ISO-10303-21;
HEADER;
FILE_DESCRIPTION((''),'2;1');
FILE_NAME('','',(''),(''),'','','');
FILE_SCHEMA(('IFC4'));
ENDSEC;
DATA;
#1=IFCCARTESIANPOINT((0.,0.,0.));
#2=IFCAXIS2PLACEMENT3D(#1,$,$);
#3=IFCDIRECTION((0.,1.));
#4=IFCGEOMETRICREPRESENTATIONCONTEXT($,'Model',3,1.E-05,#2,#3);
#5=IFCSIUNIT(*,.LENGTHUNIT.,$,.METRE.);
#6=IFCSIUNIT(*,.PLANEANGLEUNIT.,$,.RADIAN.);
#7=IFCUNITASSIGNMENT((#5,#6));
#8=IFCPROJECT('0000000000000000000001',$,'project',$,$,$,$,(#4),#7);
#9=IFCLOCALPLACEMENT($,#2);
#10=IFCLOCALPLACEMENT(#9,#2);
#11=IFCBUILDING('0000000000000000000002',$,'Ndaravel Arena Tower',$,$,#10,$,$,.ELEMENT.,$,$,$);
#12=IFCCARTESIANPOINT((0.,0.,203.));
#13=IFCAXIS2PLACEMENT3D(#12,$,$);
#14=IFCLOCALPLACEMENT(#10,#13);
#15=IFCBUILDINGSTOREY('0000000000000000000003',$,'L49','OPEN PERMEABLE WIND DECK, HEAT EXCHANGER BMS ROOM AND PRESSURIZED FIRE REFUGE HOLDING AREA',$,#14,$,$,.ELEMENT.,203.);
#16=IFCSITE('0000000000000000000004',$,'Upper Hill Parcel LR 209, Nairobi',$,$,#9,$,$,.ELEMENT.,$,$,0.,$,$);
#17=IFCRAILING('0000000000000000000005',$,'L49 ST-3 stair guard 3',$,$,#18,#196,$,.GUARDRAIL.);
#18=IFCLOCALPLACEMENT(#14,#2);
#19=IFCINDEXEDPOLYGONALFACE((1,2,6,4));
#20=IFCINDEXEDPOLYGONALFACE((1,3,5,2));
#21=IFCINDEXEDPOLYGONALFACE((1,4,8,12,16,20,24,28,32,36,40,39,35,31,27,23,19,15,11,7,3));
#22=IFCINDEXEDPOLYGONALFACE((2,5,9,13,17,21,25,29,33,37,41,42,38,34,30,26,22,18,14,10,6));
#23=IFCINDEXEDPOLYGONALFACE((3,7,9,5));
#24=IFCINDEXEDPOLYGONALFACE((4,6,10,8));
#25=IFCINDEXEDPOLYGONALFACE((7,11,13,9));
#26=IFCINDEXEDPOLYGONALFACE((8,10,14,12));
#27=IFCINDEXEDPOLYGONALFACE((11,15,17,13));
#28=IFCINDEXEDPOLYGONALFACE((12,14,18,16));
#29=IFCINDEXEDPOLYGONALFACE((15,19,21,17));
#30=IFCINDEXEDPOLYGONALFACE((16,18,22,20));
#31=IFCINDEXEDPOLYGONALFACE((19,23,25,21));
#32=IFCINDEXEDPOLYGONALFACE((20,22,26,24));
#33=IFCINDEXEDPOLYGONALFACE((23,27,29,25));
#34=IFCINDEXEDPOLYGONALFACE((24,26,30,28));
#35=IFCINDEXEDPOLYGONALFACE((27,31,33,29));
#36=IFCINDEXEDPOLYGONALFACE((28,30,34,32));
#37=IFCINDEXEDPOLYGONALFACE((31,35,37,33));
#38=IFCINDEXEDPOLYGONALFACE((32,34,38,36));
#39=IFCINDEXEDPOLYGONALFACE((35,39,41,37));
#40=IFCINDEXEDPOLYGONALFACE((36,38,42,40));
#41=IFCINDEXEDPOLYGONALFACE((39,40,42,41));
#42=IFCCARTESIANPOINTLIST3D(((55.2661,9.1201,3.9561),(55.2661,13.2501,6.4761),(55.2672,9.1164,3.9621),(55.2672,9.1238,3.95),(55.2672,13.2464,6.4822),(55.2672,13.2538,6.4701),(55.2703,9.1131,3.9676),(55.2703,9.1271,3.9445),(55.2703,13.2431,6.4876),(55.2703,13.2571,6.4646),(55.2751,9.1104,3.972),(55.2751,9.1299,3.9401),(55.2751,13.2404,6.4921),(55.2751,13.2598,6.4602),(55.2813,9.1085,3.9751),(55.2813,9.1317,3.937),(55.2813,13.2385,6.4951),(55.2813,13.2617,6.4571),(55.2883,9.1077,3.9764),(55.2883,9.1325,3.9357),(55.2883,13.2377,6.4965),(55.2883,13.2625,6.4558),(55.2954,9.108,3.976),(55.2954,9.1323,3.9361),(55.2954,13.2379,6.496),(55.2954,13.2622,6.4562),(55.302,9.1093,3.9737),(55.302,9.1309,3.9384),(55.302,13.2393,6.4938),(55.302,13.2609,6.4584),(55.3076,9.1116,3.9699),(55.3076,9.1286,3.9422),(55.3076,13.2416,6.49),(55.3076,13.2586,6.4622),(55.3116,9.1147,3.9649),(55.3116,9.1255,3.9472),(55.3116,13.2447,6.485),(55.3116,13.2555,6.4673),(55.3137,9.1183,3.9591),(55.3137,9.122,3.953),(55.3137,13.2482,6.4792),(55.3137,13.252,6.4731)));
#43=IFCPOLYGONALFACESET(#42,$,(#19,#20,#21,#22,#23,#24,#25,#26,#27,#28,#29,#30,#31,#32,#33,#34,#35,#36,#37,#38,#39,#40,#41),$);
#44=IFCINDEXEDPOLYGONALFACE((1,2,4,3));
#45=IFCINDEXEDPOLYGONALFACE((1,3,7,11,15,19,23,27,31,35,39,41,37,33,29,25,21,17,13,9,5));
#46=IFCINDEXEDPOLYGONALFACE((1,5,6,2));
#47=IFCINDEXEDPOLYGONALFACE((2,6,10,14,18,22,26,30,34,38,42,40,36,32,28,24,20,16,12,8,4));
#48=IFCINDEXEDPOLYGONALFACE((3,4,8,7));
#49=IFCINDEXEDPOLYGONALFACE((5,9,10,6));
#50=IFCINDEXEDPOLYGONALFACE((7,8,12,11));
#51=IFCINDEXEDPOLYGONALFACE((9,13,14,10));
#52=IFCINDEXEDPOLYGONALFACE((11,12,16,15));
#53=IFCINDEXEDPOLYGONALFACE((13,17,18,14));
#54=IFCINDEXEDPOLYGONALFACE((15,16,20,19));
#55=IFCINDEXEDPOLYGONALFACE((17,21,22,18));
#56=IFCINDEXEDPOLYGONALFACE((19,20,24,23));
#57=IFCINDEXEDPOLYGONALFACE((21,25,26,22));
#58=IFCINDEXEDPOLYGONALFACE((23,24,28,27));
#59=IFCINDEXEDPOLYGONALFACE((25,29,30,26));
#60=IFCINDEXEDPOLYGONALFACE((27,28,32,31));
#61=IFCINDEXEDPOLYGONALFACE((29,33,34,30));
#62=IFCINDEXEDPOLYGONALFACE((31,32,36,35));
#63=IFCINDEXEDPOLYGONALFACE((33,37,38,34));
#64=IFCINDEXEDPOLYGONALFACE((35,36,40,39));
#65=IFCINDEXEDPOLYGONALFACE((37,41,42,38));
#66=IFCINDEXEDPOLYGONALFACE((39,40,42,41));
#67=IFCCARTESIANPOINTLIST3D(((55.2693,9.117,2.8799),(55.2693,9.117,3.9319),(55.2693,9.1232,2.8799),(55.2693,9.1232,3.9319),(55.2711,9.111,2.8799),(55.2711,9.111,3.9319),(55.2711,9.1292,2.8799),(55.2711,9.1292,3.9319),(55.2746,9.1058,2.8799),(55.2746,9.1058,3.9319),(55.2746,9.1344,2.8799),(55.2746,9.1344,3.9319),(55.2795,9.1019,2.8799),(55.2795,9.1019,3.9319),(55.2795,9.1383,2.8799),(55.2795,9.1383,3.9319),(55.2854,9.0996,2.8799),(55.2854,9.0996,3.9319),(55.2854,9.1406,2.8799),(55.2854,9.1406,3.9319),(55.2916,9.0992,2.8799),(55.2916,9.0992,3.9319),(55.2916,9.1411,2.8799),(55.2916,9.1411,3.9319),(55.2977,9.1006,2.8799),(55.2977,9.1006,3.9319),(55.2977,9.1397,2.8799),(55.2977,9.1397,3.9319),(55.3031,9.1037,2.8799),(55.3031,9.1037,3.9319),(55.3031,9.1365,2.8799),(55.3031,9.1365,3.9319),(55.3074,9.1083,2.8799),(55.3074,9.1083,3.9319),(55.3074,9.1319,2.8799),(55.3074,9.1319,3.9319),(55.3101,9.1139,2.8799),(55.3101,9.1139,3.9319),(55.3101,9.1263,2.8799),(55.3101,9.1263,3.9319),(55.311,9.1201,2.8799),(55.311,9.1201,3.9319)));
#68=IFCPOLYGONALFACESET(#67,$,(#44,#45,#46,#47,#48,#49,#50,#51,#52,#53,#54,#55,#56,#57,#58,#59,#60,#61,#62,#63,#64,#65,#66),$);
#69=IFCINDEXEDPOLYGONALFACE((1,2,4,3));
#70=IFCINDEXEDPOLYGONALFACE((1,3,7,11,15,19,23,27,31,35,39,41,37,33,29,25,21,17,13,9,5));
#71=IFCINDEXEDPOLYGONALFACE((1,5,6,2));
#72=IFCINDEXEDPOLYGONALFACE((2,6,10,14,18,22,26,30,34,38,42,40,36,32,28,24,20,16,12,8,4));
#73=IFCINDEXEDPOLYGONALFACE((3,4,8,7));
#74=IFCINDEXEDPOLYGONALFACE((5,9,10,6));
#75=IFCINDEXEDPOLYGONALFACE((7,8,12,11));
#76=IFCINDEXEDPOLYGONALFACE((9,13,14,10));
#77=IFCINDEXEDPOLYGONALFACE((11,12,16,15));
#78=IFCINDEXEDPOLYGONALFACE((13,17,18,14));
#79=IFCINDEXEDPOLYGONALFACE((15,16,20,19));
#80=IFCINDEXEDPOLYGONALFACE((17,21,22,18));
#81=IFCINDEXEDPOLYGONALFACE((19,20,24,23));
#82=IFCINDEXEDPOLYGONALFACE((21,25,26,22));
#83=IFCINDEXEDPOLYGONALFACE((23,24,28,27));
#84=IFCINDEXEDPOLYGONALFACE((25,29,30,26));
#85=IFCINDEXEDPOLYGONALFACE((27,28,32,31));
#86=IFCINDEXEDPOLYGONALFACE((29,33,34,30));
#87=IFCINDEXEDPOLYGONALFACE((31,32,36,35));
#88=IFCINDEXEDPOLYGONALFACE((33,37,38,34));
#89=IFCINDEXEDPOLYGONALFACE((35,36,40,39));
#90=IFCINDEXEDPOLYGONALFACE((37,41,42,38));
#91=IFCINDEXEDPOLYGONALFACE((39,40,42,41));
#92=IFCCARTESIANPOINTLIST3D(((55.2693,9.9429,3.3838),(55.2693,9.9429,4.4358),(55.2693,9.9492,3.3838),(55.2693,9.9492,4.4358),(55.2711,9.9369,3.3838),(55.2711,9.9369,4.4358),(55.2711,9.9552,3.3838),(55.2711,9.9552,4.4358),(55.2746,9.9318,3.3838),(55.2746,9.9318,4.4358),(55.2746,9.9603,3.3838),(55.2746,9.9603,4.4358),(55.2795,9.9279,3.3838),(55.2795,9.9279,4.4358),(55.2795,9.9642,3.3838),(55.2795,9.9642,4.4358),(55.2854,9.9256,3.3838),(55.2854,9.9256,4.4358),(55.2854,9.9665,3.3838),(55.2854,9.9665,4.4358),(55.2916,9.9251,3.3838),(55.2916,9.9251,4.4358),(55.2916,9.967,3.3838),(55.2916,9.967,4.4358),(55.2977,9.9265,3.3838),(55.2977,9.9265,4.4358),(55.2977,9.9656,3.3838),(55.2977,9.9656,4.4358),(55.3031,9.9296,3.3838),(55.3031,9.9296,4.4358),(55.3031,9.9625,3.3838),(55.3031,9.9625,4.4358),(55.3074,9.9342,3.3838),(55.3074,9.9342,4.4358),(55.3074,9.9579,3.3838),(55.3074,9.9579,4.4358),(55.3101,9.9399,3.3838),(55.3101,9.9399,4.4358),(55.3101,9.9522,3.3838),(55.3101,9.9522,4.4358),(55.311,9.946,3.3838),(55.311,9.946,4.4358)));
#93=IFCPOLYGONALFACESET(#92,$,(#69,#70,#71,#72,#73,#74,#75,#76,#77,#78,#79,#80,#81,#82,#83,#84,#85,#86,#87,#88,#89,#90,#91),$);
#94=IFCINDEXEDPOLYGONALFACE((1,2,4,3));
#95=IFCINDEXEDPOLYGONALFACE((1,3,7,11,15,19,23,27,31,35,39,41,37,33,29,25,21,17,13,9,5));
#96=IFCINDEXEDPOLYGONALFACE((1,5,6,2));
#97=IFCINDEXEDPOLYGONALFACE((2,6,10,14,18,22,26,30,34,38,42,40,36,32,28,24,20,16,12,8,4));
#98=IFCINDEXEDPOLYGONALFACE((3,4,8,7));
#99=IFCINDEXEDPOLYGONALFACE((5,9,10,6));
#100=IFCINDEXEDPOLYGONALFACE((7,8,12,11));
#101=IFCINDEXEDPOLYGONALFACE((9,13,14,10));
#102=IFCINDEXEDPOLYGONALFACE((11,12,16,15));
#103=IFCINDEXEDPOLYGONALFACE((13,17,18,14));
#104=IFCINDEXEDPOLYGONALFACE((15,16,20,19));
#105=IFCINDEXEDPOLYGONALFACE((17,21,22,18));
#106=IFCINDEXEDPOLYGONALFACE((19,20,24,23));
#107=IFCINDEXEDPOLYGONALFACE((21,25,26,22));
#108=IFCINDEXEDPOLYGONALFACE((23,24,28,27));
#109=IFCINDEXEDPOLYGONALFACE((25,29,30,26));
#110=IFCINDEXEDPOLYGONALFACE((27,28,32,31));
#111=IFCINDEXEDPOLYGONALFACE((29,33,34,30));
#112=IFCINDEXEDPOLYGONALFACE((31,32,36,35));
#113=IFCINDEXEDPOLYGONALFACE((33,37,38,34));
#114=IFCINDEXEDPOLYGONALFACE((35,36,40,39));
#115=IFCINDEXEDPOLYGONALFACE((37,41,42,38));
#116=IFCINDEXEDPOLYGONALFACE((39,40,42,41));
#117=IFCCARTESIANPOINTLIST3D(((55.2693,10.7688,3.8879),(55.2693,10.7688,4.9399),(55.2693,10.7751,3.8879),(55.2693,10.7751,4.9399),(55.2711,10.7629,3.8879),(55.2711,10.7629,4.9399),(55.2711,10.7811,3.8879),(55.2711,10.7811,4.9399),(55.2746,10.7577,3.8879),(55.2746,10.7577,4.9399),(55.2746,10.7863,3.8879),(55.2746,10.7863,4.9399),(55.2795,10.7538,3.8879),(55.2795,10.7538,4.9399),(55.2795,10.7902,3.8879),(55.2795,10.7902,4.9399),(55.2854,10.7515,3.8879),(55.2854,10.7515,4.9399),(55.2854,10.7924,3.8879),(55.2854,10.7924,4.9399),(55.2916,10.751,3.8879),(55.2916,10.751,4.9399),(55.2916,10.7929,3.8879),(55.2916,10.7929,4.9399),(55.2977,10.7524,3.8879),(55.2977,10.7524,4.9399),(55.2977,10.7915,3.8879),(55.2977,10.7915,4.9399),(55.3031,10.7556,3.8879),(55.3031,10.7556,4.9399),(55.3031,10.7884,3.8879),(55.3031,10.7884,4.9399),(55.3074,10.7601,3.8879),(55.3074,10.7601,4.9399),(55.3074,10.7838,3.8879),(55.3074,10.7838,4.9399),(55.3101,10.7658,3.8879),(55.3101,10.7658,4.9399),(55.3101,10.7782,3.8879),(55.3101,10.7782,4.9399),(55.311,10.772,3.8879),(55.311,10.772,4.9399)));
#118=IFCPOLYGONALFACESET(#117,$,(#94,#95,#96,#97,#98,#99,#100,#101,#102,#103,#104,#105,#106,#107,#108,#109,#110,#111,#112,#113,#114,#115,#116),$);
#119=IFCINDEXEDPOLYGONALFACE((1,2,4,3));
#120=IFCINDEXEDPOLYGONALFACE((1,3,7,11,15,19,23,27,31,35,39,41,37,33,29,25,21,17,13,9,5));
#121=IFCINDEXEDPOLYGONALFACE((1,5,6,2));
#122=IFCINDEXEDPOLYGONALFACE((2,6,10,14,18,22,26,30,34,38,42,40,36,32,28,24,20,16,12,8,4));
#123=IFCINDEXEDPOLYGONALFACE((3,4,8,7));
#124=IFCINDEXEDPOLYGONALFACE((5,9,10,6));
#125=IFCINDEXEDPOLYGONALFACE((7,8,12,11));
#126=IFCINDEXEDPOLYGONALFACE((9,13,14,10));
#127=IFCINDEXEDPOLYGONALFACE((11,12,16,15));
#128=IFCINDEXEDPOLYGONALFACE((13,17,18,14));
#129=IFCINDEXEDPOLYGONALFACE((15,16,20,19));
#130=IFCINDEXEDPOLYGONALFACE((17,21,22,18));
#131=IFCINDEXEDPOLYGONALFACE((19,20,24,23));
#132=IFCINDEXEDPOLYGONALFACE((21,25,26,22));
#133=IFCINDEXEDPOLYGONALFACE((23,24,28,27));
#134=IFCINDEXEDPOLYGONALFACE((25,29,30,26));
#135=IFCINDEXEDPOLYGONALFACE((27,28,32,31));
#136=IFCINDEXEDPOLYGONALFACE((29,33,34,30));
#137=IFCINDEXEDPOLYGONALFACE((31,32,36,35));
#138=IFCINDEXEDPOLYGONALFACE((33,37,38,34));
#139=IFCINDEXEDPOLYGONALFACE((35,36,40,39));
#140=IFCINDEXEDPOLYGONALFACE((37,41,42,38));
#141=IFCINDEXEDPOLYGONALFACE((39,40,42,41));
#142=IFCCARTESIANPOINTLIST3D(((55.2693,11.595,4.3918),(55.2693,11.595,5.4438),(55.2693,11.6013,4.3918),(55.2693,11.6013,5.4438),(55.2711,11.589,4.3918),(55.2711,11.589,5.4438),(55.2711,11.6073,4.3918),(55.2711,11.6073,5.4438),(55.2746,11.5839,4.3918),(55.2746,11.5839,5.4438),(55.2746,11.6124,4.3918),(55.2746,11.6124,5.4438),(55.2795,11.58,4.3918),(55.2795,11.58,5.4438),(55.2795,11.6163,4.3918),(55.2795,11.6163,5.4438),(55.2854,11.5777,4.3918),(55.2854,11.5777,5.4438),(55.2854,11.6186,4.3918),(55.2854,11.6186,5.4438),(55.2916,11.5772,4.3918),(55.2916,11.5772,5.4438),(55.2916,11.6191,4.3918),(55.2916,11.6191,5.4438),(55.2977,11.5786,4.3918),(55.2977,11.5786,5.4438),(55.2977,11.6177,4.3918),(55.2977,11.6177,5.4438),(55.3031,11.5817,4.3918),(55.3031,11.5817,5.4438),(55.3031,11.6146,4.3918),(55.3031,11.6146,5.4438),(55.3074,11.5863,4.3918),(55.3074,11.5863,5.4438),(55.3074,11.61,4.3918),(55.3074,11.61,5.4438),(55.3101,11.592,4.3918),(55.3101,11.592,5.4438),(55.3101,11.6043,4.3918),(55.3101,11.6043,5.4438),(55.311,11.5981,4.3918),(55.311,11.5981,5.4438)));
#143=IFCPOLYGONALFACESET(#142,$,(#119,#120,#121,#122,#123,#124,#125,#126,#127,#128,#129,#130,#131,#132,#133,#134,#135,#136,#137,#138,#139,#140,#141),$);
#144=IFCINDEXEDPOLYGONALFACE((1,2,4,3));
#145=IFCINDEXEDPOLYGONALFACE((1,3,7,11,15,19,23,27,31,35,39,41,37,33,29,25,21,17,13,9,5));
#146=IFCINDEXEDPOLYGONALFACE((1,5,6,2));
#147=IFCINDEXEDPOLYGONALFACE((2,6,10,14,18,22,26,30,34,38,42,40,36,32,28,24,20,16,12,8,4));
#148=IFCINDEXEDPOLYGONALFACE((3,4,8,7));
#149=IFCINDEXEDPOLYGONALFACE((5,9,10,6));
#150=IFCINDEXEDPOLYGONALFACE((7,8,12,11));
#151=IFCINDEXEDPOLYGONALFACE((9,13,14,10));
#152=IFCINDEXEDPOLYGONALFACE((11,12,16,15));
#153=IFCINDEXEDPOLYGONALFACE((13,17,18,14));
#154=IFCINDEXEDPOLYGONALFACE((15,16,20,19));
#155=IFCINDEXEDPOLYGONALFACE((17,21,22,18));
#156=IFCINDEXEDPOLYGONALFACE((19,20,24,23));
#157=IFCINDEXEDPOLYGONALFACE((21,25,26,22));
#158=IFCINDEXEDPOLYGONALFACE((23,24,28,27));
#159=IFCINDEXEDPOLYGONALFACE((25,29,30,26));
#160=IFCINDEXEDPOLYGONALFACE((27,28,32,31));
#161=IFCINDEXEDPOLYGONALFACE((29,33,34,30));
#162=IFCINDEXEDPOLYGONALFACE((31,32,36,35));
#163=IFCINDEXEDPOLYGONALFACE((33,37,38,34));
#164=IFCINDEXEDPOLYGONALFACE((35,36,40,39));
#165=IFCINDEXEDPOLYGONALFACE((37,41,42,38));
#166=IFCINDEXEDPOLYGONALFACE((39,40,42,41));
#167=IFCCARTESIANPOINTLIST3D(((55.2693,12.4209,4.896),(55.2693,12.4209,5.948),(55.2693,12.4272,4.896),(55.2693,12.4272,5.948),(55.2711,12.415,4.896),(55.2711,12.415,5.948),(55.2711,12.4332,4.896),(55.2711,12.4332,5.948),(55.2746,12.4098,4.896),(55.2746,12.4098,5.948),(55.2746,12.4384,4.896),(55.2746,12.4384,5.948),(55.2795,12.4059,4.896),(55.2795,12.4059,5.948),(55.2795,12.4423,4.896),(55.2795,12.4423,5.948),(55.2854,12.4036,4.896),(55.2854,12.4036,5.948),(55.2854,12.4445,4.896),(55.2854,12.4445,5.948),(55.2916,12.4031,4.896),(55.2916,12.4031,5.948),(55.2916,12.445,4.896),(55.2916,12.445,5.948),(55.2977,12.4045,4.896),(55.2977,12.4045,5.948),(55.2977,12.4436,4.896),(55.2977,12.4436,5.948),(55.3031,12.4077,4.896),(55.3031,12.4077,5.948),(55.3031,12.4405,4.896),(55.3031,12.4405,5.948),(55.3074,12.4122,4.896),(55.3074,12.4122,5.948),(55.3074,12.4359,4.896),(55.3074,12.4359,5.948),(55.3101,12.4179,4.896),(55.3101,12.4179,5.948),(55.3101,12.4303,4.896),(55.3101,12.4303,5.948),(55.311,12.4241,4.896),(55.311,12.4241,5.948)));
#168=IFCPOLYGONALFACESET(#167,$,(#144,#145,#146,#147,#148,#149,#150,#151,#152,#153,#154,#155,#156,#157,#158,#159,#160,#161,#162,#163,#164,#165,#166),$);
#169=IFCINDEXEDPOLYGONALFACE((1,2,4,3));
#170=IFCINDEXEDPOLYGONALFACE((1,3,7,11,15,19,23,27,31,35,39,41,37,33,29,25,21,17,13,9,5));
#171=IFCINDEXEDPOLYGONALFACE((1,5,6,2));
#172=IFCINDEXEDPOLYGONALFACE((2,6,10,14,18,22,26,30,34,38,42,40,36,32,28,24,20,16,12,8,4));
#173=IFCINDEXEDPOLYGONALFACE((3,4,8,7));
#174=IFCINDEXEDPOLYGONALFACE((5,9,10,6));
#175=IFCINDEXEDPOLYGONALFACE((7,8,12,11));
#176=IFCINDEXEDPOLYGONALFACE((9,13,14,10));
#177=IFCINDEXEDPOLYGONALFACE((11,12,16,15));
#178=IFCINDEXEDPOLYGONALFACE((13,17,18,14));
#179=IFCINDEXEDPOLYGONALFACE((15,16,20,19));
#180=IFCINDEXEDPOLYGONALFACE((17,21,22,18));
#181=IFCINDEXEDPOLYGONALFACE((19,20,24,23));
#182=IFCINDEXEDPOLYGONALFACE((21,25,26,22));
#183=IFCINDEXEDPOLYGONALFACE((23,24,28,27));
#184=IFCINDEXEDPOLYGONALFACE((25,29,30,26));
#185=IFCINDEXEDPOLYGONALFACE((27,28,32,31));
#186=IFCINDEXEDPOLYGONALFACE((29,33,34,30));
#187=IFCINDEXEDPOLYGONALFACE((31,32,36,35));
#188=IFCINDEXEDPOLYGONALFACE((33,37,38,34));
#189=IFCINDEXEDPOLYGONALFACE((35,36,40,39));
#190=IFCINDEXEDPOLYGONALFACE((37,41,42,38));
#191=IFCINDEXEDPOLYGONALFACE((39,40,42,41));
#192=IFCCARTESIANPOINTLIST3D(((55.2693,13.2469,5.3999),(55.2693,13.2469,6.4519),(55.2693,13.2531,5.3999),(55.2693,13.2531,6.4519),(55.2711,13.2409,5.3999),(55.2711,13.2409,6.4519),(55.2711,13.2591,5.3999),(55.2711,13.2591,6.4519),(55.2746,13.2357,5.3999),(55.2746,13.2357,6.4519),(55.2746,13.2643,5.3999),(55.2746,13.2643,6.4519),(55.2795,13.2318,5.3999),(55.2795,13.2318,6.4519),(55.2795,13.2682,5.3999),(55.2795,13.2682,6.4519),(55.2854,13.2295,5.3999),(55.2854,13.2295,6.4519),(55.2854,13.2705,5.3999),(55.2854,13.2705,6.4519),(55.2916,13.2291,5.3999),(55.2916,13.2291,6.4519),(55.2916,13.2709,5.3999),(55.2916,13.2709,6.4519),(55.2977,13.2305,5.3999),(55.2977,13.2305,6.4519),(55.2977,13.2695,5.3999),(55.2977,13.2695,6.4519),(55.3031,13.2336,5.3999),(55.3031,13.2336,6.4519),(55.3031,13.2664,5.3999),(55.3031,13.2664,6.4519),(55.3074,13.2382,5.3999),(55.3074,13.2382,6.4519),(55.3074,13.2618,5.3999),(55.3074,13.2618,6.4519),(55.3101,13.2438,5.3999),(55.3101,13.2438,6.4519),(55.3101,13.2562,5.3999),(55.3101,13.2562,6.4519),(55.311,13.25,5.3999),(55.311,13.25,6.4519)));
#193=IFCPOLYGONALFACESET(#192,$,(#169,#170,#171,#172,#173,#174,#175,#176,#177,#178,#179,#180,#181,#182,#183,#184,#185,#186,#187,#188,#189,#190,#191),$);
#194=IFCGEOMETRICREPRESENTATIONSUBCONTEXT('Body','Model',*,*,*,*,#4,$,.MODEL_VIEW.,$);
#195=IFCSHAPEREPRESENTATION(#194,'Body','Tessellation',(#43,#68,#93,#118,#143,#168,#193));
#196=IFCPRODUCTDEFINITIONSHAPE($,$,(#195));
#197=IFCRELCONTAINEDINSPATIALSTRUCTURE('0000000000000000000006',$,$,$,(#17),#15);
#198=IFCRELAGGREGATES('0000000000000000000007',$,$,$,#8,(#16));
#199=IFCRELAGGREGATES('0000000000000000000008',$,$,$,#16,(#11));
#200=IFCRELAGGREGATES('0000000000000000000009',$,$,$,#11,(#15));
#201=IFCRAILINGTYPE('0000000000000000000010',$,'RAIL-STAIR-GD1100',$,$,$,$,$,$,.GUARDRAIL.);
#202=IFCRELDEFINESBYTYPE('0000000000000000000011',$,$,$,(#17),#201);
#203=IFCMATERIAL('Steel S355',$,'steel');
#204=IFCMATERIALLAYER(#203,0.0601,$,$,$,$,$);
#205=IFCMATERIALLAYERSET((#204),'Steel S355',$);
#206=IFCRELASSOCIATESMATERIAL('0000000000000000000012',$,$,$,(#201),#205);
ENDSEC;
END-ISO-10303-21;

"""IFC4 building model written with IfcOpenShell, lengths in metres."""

from ifc_helpers import new_model, si_unit, direction, frame, origin, origin_2d, place, context, subcontext, project, spatial, circle, extrude, material, layer, layer_set, type_object, element, save


model = new_model("IFC4")

# Units and contexts
model_context = context("Model", 3, precision=1e-05, world=origin(), true_north=direction((0.0, 1.0)))
body_context = subcontext(model_context, "Body", "Model", "MODEL_VIEW")
ifc_project = project(units=[si_unit("LENGTHUNIT", "METRE"), si_unit("PLANEANGLEUNIT", "RADIAN")], contexts=[model_context])

# Site, building, storey
site_placement = place(None, origin())
site = spatial("IfcSite", under=ifc_project, at=site_placement, Name="Upper Hill Parcel LR 209, Nairobi", CompositionType="ELEMENT", RefElevation=0.0)
building_placement = place(site_placement, origin())
building = spatial("IfcBuilding", under=site, at=building_placement, Name="Ndaravel Arena Tower", CompositionType="ELEMENT")
storey_placement = place(building_placement, frame((0.0, 0.0, 203.0)))
storey = spatial("IfcBuildingStorey", under=building, at=storey_placement, Name="L49", Description="OPEN PERMEABLE WIND DECK, HEAT EXCHANGER BMS ROOM AND PRESSURIZED FIRE REFUGE HOLDING AREA", CompositionType="ELEMENT", Elevation=203.0)

# Railing
ifc_material_1 = material(Name="Steel S355", Category="steel")
ifc_layer_1 = layer(ifc_material_1, 0.0601)
ifc_layer_set_1 = layer_set([ifc_layer_1], Name="Steel S355")
railing_type_1 = type_object("IfcRailingType", Name="RAIL-STAIR-GD1100", PredefinedType="GUARDRAIL", material=ifc_layer_set_1)
railing_1_placement = place(storey_placement, frame((55.29, 9.1201, 2.8799)))
element("IfcRailing", 1, at=railing_1_placement, inside=storey, type_object=railing_type_1, Name="L49 ST-3 stair guard 3", PredefinedType="GUARDRAIL", context=body_context, shape_type="SweptSolid", body=[
    extrude(circle(Radius=0.0239, at=origin_2d()), frame((0.0, 0.0, 1.0762), z_axis=(0.0, 0.853631, 0.520878), x_axis=(-1.0, 0.0, 0.0)), (0.0, 0.0, 1.0), 4.8381),
    extrude(circle(Radius=0.021, at=origin_2d()), origin(), (0.0, 0.0, 1.0), 1.052),
    extrude(circle(Radius=0.021, at=origin_2d()), frame((0.0, 0.8259, 0.5039)), (0.0, 0.0, 1.0), 1.052),
    extrude(circle(Radius=0.021, at=origin_2d()), frame((0.0, 1.6519, 1.0081)), (0.0, 0.0, 1.0), 1.052),
    extrude(circle(Radius=0.021, at=origin_2d()), frame((0.0, 2.478, 1.512)), (0.0, 0.0, 1.0), 1.052),
    extrude(circle(Radius=0.021, at=origin_2d()), frame((0.0, 3.304, 2.0161)), (0.0, 0.0, 1.0), 1.052),
    extrude(circle(Radius=0.021, at=origin_2d()), frame((0.0, 4.1299, 2.52)), (0.0, 0.0, 1.0), 1.052),
])

save(model, "model.ifc")
